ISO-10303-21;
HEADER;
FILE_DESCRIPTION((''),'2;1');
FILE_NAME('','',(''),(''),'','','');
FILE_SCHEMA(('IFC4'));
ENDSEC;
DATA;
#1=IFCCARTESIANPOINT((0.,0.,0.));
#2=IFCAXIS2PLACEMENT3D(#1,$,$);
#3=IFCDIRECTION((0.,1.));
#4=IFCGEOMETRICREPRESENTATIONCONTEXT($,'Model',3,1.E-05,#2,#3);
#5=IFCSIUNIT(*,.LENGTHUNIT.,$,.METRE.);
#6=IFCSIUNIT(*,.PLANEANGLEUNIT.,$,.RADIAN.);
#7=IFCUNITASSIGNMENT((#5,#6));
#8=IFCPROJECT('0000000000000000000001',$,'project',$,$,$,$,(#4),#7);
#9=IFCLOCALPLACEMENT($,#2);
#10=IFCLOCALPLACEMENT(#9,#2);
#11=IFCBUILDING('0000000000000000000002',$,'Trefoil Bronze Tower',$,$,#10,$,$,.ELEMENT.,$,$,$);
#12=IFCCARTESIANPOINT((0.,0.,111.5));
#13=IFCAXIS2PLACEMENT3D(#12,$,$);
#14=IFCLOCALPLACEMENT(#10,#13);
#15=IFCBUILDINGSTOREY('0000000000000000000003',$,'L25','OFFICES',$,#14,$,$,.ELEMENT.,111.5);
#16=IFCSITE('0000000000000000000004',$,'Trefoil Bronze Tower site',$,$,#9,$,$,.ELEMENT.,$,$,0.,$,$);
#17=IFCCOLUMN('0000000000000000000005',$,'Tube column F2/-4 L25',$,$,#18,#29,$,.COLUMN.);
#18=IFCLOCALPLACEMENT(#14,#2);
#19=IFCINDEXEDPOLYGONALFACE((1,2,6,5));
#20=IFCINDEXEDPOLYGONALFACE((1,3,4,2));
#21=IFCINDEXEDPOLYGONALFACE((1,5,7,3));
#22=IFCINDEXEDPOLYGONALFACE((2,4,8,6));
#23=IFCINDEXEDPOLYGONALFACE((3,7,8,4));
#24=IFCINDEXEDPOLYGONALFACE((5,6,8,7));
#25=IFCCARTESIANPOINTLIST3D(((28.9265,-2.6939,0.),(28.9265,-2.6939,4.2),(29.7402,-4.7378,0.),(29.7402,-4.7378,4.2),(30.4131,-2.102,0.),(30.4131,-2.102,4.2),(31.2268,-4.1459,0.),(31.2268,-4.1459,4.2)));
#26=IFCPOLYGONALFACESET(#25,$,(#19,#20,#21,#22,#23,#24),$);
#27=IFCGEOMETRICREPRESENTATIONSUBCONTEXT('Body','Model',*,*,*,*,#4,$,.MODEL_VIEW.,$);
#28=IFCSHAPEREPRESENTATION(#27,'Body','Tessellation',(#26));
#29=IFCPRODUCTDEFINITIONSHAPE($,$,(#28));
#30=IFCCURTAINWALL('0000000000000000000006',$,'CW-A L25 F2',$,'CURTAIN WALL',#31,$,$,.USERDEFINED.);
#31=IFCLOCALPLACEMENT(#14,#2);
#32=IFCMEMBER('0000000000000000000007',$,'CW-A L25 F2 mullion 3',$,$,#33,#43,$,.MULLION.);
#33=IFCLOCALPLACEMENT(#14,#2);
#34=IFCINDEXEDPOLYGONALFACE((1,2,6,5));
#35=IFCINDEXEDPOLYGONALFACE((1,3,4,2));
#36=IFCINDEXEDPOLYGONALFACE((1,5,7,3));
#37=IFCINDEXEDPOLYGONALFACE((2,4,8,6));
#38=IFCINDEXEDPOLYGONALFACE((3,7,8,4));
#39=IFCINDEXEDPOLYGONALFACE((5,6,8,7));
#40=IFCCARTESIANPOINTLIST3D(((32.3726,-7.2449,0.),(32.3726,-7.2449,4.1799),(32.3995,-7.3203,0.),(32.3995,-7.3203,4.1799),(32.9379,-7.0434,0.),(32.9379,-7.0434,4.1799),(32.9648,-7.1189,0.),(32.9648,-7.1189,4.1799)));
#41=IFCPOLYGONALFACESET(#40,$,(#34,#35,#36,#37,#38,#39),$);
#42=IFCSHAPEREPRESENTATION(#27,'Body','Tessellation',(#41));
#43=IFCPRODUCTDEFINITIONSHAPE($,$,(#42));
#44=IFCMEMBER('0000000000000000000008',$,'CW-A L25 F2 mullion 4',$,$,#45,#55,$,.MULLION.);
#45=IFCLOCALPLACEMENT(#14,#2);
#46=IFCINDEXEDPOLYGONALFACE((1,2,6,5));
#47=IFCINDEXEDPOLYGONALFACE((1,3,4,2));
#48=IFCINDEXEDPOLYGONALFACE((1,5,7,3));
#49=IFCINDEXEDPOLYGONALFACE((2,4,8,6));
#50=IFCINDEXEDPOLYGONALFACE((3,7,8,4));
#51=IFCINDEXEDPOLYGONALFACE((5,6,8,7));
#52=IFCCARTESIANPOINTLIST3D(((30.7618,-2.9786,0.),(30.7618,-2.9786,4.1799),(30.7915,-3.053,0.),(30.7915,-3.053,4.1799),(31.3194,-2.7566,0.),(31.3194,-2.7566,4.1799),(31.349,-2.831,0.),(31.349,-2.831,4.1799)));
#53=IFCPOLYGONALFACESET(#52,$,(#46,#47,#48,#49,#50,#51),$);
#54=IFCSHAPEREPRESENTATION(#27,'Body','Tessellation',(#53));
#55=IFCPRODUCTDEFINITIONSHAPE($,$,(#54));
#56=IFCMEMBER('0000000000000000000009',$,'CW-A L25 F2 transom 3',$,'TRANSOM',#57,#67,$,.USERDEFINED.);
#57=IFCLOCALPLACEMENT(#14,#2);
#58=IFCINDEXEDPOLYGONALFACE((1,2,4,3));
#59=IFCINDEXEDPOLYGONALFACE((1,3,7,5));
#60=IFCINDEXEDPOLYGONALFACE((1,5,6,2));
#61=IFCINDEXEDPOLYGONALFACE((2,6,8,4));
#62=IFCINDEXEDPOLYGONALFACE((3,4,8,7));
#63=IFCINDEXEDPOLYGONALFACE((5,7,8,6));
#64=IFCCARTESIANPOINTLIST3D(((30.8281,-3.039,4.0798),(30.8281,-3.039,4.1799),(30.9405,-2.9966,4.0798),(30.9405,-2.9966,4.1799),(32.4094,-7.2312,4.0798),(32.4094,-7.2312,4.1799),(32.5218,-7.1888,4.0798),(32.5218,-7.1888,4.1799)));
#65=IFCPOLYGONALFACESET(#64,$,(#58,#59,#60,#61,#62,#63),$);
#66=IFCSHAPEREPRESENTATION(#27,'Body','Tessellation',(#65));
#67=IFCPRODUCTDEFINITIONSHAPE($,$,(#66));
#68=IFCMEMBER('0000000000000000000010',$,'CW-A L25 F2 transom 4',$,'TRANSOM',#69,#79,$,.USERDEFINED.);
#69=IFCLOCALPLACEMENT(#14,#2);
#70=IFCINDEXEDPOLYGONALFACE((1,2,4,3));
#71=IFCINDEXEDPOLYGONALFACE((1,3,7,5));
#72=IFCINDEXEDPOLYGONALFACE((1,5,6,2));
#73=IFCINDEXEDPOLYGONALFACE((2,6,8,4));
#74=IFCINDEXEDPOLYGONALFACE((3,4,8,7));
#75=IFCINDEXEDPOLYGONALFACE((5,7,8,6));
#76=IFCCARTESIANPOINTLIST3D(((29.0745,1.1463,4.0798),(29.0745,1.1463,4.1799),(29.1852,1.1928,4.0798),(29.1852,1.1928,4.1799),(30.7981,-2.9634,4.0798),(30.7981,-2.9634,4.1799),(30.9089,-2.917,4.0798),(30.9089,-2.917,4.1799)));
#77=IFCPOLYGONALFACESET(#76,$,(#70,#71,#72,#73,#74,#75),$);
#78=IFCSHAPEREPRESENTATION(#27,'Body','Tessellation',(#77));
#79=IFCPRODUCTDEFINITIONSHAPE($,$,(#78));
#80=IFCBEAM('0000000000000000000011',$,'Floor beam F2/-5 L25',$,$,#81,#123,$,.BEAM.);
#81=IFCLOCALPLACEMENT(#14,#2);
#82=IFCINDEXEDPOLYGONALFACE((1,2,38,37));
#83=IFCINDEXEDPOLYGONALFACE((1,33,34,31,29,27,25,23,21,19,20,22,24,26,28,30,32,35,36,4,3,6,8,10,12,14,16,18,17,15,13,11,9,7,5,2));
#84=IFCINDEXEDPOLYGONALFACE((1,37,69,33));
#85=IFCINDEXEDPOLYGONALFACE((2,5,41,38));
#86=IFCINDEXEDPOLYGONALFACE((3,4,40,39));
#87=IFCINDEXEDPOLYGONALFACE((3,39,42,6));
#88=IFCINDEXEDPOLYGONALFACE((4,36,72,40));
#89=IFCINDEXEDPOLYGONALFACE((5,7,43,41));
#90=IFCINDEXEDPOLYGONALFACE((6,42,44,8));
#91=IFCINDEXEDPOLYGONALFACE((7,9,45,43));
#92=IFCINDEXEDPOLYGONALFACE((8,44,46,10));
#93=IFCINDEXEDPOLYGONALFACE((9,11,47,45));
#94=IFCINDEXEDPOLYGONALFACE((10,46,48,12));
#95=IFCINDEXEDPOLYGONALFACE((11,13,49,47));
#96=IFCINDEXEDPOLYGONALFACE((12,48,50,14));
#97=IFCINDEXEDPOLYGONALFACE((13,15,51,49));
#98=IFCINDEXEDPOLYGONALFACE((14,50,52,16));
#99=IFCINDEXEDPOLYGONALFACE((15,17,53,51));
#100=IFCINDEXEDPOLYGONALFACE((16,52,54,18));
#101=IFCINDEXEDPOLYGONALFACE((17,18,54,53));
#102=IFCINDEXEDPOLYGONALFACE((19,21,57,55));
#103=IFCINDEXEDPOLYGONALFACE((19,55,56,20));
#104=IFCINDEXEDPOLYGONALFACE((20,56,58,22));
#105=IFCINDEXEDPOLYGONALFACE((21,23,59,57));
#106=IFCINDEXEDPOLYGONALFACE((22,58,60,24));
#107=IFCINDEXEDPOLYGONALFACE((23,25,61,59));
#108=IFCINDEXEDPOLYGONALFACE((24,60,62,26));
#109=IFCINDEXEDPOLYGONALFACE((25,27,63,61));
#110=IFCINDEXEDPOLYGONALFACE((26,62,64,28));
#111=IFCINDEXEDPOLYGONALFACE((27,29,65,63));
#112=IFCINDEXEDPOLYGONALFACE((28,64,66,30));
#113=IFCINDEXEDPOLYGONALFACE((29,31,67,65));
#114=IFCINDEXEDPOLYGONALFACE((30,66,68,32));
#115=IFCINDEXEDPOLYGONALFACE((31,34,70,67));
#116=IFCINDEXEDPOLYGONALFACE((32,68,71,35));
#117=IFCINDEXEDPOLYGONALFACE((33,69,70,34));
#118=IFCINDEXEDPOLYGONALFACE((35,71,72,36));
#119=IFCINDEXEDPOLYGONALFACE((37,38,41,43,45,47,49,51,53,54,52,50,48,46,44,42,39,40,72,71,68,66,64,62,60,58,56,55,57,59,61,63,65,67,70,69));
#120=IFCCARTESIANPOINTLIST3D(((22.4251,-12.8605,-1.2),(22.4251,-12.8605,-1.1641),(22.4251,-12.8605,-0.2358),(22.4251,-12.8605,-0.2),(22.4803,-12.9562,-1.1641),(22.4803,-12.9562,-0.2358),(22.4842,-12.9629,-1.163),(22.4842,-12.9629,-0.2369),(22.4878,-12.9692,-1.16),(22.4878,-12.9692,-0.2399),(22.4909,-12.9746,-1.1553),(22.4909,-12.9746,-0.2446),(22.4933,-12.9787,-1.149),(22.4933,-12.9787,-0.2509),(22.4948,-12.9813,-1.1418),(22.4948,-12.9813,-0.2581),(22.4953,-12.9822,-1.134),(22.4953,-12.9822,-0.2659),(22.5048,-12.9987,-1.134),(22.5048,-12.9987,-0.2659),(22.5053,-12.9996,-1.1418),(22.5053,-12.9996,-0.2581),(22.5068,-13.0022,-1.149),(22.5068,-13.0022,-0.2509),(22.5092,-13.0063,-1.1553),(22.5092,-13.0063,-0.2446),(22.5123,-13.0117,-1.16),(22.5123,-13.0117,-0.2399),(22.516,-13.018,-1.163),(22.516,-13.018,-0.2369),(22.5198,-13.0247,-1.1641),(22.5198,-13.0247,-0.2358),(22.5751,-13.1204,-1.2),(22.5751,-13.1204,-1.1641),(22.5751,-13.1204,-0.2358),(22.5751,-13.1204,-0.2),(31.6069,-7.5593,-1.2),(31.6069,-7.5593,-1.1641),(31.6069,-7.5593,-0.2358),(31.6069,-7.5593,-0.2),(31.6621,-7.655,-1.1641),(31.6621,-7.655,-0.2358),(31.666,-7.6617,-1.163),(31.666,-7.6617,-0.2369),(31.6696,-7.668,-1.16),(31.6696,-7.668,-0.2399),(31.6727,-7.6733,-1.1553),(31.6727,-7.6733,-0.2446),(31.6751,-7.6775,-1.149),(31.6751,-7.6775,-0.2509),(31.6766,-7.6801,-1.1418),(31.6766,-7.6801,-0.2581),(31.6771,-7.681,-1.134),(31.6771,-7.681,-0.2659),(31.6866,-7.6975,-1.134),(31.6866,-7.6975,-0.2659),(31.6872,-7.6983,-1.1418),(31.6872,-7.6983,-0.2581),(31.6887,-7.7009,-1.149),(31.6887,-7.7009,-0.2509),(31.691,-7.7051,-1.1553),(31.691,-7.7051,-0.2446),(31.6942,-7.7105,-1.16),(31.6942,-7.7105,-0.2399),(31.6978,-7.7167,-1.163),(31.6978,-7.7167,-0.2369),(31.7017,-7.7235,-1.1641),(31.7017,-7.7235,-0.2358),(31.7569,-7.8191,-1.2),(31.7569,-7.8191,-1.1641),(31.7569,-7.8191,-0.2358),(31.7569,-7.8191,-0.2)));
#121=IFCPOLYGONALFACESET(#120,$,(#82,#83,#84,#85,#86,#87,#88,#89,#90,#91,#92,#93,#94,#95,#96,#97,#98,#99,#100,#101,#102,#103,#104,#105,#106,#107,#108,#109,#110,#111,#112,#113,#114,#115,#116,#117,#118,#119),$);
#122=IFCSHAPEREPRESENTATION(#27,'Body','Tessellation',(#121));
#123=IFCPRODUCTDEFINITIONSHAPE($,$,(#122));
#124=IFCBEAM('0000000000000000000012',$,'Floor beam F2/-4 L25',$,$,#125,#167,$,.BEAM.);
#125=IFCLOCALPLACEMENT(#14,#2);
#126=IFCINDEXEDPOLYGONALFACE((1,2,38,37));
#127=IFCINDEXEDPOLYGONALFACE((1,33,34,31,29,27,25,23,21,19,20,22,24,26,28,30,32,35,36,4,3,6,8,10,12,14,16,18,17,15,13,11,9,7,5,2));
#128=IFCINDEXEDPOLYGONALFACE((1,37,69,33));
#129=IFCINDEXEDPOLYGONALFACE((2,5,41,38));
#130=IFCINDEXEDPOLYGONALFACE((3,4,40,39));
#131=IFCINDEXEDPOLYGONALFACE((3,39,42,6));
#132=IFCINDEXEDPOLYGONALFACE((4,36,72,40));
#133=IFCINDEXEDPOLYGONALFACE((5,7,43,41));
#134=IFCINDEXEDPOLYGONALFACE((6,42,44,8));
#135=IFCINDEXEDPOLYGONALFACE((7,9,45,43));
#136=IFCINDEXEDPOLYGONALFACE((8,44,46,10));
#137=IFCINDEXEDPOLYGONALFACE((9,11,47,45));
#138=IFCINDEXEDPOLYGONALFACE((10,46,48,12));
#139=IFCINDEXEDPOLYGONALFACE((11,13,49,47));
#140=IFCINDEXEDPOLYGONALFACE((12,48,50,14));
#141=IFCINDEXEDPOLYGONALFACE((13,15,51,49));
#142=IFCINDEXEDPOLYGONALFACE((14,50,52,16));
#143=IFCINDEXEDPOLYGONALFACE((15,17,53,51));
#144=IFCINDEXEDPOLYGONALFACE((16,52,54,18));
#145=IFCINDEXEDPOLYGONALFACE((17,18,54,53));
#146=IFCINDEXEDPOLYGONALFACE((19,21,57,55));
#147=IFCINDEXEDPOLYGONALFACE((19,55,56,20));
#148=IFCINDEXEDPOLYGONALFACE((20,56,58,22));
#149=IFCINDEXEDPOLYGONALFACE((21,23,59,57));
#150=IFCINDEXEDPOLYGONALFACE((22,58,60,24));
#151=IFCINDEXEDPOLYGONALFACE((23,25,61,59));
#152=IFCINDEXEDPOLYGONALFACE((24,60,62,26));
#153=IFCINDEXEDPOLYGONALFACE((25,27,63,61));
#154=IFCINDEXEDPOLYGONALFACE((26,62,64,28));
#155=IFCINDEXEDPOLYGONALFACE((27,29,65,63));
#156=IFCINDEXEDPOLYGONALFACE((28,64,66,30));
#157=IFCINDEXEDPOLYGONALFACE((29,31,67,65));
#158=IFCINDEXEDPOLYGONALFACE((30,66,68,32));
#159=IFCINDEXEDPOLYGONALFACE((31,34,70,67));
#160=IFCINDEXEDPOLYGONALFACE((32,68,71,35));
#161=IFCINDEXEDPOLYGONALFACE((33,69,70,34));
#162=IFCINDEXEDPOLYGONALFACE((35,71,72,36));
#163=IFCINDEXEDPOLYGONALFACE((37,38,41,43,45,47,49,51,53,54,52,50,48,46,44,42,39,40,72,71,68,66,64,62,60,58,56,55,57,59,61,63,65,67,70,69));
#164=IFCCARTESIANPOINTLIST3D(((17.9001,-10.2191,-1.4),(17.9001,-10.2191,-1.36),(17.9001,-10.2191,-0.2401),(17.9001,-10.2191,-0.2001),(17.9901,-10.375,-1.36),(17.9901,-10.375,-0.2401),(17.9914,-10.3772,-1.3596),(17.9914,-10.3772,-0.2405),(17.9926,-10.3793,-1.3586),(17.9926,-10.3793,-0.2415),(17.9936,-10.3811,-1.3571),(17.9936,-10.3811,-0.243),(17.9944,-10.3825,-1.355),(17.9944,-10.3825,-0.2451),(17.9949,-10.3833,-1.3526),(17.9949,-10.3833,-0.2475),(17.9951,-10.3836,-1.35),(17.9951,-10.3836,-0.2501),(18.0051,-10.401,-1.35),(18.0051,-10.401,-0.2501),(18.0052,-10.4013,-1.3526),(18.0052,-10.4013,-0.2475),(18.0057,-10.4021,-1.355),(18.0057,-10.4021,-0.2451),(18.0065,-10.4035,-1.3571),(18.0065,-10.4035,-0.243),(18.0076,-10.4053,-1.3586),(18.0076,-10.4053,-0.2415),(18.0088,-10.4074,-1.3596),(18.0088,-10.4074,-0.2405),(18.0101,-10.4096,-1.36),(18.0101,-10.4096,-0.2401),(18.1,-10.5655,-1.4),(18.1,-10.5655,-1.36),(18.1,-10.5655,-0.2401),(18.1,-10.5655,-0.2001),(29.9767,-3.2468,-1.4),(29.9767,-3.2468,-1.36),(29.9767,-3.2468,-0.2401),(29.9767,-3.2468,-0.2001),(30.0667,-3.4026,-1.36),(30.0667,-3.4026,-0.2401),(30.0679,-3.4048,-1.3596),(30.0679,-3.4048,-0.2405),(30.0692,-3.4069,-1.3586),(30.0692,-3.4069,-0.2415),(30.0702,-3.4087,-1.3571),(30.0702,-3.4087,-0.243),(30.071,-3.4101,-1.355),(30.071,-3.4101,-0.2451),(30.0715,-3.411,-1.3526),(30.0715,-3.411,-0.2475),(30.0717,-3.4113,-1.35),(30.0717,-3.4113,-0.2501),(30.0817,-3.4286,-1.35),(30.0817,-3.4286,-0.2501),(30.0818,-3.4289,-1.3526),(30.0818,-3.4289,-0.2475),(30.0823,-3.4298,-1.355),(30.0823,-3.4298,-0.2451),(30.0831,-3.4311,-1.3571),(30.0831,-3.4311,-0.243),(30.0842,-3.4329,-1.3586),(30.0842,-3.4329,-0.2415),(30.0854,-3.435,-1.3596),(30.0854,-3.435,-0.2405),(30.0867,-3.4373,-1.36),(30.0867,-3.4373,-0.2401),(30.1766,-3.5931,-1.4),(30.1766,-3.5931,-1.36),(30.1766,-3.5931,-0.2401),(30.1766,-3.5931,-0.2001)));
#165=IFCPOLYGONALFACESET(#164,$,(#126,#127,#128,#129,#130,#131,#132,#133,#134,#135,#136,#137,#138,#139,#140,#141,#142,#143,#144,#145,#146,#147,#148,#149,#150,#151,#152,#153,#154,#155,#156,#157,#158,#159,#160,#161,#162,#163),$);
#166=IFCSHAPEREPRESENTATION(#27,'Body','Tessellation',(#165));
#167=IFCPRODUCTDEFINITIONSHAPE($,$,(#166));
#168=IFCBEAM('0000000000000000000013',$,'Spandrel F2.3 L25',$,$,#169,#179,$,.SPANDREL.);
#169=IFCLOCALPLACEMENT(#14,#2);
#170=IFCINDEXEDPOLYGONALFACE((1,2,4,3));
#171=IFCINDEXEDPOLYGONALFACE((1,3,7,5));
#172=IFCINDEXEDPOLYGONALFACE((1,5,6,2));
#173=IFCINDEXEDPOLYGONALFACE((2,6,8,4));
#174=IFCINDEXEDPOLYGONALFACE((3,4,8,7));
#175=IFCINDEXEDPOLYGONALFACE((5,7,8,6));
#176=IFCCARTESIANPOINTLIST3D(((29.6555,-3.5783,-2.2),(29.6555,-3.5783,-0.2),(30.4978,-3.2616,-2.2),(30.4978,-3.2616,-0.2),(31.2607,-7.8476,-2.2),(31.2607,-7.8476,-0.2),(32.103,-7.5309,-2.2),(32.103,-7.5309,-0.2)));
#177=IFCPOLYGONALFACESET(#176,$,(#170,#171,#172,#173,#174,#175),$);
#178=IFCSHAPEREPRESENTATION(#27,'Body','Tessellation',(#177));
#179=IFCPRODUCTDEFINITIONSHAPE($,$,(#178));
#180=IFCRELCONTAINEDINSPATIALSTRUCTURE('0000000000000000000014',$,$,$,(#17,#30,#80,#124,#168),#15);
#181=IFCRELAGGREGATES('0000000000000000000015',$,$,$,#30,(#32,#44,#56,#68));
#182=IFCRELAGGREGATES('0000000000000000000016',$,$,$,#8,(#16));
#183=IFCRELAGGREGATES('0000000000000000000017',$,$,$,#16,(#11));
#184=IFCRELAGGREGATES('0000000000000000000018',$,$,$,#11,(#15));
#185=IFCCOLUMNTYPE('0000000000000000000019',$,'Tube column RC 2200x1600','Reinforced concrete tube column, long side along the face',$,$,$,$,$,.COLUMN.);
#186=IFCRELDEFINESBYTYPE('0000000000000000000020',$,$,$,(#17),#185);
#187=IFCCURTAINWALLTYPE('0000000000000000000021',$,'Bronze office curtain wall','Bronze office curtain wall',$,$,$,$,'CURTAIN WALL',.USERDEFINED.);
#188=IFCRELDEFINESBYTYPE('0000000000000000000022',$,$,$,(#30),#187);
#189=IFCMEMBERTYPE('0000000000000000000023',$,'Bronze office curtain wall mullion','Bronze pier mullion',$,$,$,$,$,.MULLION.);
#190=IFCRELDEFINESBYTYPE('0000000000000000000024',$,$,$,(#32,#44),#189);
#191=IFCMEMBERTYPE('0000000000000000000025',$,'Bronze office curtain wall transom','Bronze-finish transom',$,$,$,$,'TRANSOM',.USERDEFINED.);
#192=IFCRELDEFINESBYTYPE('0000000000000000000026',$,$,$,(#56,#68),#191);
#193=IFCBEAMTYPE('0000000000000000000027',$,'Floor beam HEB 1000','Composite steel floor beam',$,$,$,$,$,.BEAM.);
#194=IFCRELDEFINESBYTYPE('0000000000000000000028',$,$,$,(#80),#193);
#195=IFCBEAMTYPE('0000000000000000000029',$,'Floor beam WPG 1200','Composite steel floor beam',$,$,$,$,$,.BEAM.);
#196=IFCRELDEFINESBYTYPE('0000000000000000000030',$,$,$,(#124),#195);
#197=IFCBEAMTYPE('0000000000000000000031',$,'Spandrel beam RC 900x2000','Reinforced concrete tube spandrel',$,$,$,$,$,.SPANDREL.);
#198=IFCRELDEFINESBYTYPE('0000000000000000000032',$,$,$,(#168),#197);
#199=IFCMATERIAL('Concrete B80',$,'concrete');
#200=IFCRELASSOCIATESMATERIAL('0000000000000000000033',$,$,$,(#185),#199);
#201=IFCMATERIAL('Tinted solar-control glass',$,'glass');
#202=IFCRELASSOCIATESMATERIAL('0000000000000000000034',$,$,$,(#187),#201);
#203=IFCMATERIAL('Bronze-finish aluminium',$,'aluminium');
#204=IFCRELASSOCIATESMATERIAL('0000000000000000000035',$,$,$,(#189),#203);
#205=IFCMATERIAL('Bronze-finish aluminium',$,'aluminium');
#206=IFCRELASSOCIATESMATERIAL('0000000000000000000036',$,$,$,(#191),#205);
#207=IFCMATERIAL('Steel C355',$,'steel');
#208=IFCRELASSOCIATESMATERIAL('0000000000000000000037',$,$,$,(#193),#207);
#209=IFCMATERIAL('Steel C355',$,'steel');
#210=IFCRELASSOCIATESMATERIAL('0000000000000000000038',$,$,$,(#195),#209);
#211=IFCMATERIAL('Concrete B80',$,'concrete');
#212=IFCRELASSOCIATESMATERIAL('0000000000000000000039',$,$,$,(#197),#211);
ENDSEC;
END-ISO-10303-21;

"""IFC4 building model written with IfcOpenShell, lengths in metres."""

from ifc_helpers import new_model, si_unit, direction, frame, origin, origin_2d, place, context, subcontext, project, spatial, rectangle, i_section, extrude, material, material_profile, profile_set, type_object, element, aggregate, save


model = new_model("IFC4")

# Units and contexts
model_context = context("Model", 3, precision=1e-05, world=origin(), true_north=direction((0.0, 1.0)))
body_context = subcontext(model_context, "Body", "Model", "MODEL_VIEW")
ifc_project = project(units=[si_unit("LENGTHUNIT", "METRE"), si_unit("PLANEANGLEUNIT", "RADIAN")], contexts=[model_context])

# Site, building, storey
site_placement = place(None, origin())
site = spatial("IfcSite", under=ifc_project, at=site_placement, Name="Trefoil Bronze Tower site", CompositionType="ELEMENT", RefElevation=0.0)
building_placement = place(site_placement, origin())
building = spatial("IfcBuilding", under=site, at=building_placement, Name="Trefoil Bronze Tower", CompositionType="ELEMENT")
storey_placement = place(building_placement, frame((0.0, 0.0, 111.5)))
storey = spatial("IfcBuildingStorey", under=building, at=storey_placement, Name="L25", Description="OFFICES", CompositionType="ELEMENT", Elevation=111.5)

# Column
ifc_material_1 = material(Name="Concrete B80", Category="concrete")
ifc_material_profile_1 = material_profile(ifc_material_1, rectangle(XDim=2.2, YDim=1.6001, at=origin_2d()), Name="RC 2200x1600")
ifc_profile_set_1 = profile_set([ifc_material_profile_1], Name="Concrete B80")
column_type = type_object("IfcColumnType", Name="Tube column RC 2200x1600", Description="Reinforced concrete tube column, long side along the face", PredefinedType="COLUMN", material=ifc_profile_set_1)
column_placement = place(storey_placement, frame((30.0767, -3.4199, 0.0), z_axis=(0.0, 0.0, 1.0), x_axis=(-0.369901, 0.929071, 0.0)))
element("IfcColumn", 1, at=column_placement, inside=storey, type_object=column_type, Name="Tube column F2/-4 L25", PredefinedType="COLUMN", context=body_context, shape_type="SweptSolid", body=[
    extrude(rectangle(XDim=2.2, YDim=1.6001, at=origin_2d()), origin(), (0.0, 0.0, 1.0), 4.2),
])

# Curtain wall, members
ifc_material_2 = material(Name="Tinted solar-control glass", Category="glass")
curtain_wall_type = type_object("IfcCurtainWallType", Name="Bronze office curtain wall", Description="Bronze office curtain wall", ElementType="CURTAIN WALL", PredefinedType="USERDEFINED", material=ifc_material_2)
curtain_wall_placement = place(storey_placement, origin())
curtain_wall = element("IfcCurtainWall", 2, at=curtain_wall_placement, inside=storey, type_object=curtain_wall_type, Name="CW-A L25 F2", ObjectType="CURTAIN WALL", PredefinedType="USERDEFINED")
ifc_material_3 = material(Name="Bronze-finish aluminium", Category="aluminium")
ifc_material_profile_2 = material_profile(ifc_material_3, rectangle(XDim=0.6001, YDim=0.0801, at=origin_2d()), Name="CW-A mullion")
ifc_profile_set_2 = profile_set([ifc_material_profile_2], Name="Bronze-finish aluminium")
member_type_1 = type_object("IfcMemberType", Name="Bronze office curtain wall mullion", Description="Bronze pier mullion", PredefinedType="MULLION", material=ifc_profile_set_2)
member_1_placement = place(storey_placement, frame((32.6687, -7.1819, 0.0), z_axis=(0.0, 0.0, 1.0), x_axis=(-0.941963, -0.335718, 0.0)))
member_1 = element("IfcMember", 3, at=member_1_placement, type_object=member_type_1, Name="CW-A L25 F2 mullion 3", PredefinedType="MULLION", context=body_context, shape_type="SweptSolid", body=[
    extrude(rectangle(XDim=0.6001, YDim=0.0801, at=origin_2d()), origin(), (0.0, 0.0, 1.0), 4.1799),
])
member_2_placement = place(storey_placement, frame((31.0554, -2.9048, 0.0), z_axis=(0.0, 0.0, 1.0), x_axis=(-0.929071, -0.369901, 0.0)))
member_2 = element("IfcMember", 4, at=member_2_placement, type_object=member_type_1, Name="CW-A L25 F2 mullion 4", PredefinedType="MULLION", context=body_context, shape_type="SweptSolid", body=[
    extrude(rectangle(XDim=0.6001, YDim=0.0801, at=origin_2d()), origin(), (0.0, 0.0, 1.0), 4.1799),
])
ifc_material_4 = material(Name="Bronze-finish aluminium", Category="aluminium")
ifc_material_profile_3 = material_profile(ifc_material_4, rectangle(XDim=0.1201, YDim=0.1001, at=origin_2d()), Name="CW-A transom")
ifc_profile_set_3 = profile_set([ifc_material_profile_3], Name="Bronze-finish aluminium")
member_type_2 = type_object("IfcMemberType", Name="Bronze office curtain wall transom", Description="Bronze-finish transom", ElementType="TRANSOM", PredefinedType="USERDEFINED", material=ifc_profile_set_3)
member_3_placement = place(storey_placement, frame((32.4656, -7.21, 4.1299), z_axis=(-0.352932, 0.935649, 0.0), x_axis=(-0.935649, -0.352932, 0.0)))
member_3 = element("IfcMember", 5, at=member_3_placement, type_object=member_type_2, Name="CW-A L25 F2 transom 3", ObjectType="TRANSOM", PredefinedType="USERDEFINED", context=body_context, shape_type="SweptSolid", body=[
    extrude(rectangle(XDim=0.1201, YDim=0.1001, at=origin_2d()), origin(), (0.0, 0.0, 1.0), 4.4805),
])
member_4_placement = place(storey_placement, frame((30.8535, -2.9402, 4.1299), z_axis=(-0.386773, 0.922175, 0.0), x_axis=(-0.922175, -0.386773, 0.0)))
member_4 = element("IfcMember", 6, at=member_4_placement, type_object=member_type_2, Name="CW-A L25 F2 transom 4", ObjectType="TRANSOM", PredefinedType="USERDEFINED", context=body_context, shape_type="SweptSolid", body=[
    extrude(rectangle(XDim=0.1201, YDim=0.1001, at=origin_2d()), origin(), (0.0, 0.0, 1.0), 4.4565),
])

# Beams
ifc_material_5 = material(Name="Steel C355", Category="steel")
ifc_material_profile_4 = material_profile(ifc_material_5, i_section(OverallWidth=0.3, OverallDepth=1.0, WebThickness=0.019, FlangeThickness=0.0359, FilletRadius=0.03, at=origin_2d()), Name="HEB 1000")
ifc_profile_set_4 = profile_set([ifc_material_profile_4], Name="Steel C355")
beam_type_1 = type_object("IfcBeamType", Name="Floor beam HEB 1000", Description="Composite steel floor beam", PredefinedType="BEAM", material=ifc_profile_set_4)
beam_1_placement = place(storey_placement, frame((31.6819, -7.6892, -0.7), z_axis=(-0.866021, -0.500007, 0.0), x_axis=(0.500007, -0.866021, 0.0)))
element("IfcBeam", 7, at=beam_1_placement, inside=storey, type_object=beam_type_1, Name="Floor beam F2/-5 L25", PredefinedType="BEAM", context=body_context, shape_type="SweptSolid", body=[
    extrude(i_section(OverallWidth=0.3, OverallDepth=1.0, WebThickness=0.019, FlangeThickness=0.0359, FilletRadius=0.03, at=origin_2d()), origin(), (0.0, 0.0, 1.0), 10.6023),
])
ifc_material_6 = material(Name="Steel C355", Category="steel")
ifc_material_profile_5 = material_profile(ifc_material_6, i_section(OverallWidth=0.3999, OverallDepth=1.2, WebThickness=0.02, FlangeThickness=0.04, FilletRadius=0.01, at=origin_2d()), Name="WPG 1200")
ifc_profile_set_5 = profile_set([ifc_material_profile_5], Name="Steel C355")
beam_type_2 = type_object("IfcBeamType", Name="Floor beam WPG 1200", Description="Composite steel floor beam", PredefinedType="BEAM", material=ifc_profile_set_5)
beam_2_placement = place(storey_placement, frame((30.0767, -3.4199, -0.8), z_axis=(-0.866027, -0.499997, 0.0), x_axis=(0.499997, -0.866027, 0.0)))
element("IfcBeam", 8, at=beam_2_placement, inside=storey, type_object=beam_type_2, Name="Floor beam F2/-4 L25", PredefinedType="BEAM", context=body_context, shape_type="SweptSolid", body=[
    extrude(i_section(OverallWidth=0.3999, OverallDepth=1.2, WebThickness=0.02, FlangeThickness=0.04, FilletRadius=0.01, at=origin_2d()), origin(), (0.0, 0.0, 1.0), 13.9448),
])
ifc_material_7 = material(Name="Concrete B80", Category="concrete")
ifc_material_profile_6 = material_profile(ifc_material_7, rectangle(XDim=0.8999, YDim=2.0, at=origin_2d()), Name="RC 900x2000")
ifc_profile_set_6 = profile_set([ifc_material_profile_6], Name="Concrete B80")
beam_type_3 = type_object("IfcBeamType", Name="Spandrel beam RC 900x2000", Description="Reinforced concrete tube spandrel", PredefinedType="SPANDREL", material=ifc_profile_set_6)
beam_3_placement = place(storey_placement, frame((31.6819, -7.6892, -1.2), z_axis=(-0.351939, 0.936023, 0.0), x_axis=(-0.936023, -0.351939, 0.0)))
element("IfcBeam", 9, at=beam_3_placement, inside=storey, type_object=beam_type_3, Name="Spandrel F2.3 L25", PredefinedType="SPANDREL", context=body_context, shape_type="SweptSolid", body=[
    extrude(rectangle(XDim=0.8999, YDim=2.0, at=origin_2d()), origin(), (0.0, 0.0, 1.0), 4.561),
])

aggregate(curtain_wall, [member_1, member_2, member_3, member_4])

save(model, "model.ifc")
